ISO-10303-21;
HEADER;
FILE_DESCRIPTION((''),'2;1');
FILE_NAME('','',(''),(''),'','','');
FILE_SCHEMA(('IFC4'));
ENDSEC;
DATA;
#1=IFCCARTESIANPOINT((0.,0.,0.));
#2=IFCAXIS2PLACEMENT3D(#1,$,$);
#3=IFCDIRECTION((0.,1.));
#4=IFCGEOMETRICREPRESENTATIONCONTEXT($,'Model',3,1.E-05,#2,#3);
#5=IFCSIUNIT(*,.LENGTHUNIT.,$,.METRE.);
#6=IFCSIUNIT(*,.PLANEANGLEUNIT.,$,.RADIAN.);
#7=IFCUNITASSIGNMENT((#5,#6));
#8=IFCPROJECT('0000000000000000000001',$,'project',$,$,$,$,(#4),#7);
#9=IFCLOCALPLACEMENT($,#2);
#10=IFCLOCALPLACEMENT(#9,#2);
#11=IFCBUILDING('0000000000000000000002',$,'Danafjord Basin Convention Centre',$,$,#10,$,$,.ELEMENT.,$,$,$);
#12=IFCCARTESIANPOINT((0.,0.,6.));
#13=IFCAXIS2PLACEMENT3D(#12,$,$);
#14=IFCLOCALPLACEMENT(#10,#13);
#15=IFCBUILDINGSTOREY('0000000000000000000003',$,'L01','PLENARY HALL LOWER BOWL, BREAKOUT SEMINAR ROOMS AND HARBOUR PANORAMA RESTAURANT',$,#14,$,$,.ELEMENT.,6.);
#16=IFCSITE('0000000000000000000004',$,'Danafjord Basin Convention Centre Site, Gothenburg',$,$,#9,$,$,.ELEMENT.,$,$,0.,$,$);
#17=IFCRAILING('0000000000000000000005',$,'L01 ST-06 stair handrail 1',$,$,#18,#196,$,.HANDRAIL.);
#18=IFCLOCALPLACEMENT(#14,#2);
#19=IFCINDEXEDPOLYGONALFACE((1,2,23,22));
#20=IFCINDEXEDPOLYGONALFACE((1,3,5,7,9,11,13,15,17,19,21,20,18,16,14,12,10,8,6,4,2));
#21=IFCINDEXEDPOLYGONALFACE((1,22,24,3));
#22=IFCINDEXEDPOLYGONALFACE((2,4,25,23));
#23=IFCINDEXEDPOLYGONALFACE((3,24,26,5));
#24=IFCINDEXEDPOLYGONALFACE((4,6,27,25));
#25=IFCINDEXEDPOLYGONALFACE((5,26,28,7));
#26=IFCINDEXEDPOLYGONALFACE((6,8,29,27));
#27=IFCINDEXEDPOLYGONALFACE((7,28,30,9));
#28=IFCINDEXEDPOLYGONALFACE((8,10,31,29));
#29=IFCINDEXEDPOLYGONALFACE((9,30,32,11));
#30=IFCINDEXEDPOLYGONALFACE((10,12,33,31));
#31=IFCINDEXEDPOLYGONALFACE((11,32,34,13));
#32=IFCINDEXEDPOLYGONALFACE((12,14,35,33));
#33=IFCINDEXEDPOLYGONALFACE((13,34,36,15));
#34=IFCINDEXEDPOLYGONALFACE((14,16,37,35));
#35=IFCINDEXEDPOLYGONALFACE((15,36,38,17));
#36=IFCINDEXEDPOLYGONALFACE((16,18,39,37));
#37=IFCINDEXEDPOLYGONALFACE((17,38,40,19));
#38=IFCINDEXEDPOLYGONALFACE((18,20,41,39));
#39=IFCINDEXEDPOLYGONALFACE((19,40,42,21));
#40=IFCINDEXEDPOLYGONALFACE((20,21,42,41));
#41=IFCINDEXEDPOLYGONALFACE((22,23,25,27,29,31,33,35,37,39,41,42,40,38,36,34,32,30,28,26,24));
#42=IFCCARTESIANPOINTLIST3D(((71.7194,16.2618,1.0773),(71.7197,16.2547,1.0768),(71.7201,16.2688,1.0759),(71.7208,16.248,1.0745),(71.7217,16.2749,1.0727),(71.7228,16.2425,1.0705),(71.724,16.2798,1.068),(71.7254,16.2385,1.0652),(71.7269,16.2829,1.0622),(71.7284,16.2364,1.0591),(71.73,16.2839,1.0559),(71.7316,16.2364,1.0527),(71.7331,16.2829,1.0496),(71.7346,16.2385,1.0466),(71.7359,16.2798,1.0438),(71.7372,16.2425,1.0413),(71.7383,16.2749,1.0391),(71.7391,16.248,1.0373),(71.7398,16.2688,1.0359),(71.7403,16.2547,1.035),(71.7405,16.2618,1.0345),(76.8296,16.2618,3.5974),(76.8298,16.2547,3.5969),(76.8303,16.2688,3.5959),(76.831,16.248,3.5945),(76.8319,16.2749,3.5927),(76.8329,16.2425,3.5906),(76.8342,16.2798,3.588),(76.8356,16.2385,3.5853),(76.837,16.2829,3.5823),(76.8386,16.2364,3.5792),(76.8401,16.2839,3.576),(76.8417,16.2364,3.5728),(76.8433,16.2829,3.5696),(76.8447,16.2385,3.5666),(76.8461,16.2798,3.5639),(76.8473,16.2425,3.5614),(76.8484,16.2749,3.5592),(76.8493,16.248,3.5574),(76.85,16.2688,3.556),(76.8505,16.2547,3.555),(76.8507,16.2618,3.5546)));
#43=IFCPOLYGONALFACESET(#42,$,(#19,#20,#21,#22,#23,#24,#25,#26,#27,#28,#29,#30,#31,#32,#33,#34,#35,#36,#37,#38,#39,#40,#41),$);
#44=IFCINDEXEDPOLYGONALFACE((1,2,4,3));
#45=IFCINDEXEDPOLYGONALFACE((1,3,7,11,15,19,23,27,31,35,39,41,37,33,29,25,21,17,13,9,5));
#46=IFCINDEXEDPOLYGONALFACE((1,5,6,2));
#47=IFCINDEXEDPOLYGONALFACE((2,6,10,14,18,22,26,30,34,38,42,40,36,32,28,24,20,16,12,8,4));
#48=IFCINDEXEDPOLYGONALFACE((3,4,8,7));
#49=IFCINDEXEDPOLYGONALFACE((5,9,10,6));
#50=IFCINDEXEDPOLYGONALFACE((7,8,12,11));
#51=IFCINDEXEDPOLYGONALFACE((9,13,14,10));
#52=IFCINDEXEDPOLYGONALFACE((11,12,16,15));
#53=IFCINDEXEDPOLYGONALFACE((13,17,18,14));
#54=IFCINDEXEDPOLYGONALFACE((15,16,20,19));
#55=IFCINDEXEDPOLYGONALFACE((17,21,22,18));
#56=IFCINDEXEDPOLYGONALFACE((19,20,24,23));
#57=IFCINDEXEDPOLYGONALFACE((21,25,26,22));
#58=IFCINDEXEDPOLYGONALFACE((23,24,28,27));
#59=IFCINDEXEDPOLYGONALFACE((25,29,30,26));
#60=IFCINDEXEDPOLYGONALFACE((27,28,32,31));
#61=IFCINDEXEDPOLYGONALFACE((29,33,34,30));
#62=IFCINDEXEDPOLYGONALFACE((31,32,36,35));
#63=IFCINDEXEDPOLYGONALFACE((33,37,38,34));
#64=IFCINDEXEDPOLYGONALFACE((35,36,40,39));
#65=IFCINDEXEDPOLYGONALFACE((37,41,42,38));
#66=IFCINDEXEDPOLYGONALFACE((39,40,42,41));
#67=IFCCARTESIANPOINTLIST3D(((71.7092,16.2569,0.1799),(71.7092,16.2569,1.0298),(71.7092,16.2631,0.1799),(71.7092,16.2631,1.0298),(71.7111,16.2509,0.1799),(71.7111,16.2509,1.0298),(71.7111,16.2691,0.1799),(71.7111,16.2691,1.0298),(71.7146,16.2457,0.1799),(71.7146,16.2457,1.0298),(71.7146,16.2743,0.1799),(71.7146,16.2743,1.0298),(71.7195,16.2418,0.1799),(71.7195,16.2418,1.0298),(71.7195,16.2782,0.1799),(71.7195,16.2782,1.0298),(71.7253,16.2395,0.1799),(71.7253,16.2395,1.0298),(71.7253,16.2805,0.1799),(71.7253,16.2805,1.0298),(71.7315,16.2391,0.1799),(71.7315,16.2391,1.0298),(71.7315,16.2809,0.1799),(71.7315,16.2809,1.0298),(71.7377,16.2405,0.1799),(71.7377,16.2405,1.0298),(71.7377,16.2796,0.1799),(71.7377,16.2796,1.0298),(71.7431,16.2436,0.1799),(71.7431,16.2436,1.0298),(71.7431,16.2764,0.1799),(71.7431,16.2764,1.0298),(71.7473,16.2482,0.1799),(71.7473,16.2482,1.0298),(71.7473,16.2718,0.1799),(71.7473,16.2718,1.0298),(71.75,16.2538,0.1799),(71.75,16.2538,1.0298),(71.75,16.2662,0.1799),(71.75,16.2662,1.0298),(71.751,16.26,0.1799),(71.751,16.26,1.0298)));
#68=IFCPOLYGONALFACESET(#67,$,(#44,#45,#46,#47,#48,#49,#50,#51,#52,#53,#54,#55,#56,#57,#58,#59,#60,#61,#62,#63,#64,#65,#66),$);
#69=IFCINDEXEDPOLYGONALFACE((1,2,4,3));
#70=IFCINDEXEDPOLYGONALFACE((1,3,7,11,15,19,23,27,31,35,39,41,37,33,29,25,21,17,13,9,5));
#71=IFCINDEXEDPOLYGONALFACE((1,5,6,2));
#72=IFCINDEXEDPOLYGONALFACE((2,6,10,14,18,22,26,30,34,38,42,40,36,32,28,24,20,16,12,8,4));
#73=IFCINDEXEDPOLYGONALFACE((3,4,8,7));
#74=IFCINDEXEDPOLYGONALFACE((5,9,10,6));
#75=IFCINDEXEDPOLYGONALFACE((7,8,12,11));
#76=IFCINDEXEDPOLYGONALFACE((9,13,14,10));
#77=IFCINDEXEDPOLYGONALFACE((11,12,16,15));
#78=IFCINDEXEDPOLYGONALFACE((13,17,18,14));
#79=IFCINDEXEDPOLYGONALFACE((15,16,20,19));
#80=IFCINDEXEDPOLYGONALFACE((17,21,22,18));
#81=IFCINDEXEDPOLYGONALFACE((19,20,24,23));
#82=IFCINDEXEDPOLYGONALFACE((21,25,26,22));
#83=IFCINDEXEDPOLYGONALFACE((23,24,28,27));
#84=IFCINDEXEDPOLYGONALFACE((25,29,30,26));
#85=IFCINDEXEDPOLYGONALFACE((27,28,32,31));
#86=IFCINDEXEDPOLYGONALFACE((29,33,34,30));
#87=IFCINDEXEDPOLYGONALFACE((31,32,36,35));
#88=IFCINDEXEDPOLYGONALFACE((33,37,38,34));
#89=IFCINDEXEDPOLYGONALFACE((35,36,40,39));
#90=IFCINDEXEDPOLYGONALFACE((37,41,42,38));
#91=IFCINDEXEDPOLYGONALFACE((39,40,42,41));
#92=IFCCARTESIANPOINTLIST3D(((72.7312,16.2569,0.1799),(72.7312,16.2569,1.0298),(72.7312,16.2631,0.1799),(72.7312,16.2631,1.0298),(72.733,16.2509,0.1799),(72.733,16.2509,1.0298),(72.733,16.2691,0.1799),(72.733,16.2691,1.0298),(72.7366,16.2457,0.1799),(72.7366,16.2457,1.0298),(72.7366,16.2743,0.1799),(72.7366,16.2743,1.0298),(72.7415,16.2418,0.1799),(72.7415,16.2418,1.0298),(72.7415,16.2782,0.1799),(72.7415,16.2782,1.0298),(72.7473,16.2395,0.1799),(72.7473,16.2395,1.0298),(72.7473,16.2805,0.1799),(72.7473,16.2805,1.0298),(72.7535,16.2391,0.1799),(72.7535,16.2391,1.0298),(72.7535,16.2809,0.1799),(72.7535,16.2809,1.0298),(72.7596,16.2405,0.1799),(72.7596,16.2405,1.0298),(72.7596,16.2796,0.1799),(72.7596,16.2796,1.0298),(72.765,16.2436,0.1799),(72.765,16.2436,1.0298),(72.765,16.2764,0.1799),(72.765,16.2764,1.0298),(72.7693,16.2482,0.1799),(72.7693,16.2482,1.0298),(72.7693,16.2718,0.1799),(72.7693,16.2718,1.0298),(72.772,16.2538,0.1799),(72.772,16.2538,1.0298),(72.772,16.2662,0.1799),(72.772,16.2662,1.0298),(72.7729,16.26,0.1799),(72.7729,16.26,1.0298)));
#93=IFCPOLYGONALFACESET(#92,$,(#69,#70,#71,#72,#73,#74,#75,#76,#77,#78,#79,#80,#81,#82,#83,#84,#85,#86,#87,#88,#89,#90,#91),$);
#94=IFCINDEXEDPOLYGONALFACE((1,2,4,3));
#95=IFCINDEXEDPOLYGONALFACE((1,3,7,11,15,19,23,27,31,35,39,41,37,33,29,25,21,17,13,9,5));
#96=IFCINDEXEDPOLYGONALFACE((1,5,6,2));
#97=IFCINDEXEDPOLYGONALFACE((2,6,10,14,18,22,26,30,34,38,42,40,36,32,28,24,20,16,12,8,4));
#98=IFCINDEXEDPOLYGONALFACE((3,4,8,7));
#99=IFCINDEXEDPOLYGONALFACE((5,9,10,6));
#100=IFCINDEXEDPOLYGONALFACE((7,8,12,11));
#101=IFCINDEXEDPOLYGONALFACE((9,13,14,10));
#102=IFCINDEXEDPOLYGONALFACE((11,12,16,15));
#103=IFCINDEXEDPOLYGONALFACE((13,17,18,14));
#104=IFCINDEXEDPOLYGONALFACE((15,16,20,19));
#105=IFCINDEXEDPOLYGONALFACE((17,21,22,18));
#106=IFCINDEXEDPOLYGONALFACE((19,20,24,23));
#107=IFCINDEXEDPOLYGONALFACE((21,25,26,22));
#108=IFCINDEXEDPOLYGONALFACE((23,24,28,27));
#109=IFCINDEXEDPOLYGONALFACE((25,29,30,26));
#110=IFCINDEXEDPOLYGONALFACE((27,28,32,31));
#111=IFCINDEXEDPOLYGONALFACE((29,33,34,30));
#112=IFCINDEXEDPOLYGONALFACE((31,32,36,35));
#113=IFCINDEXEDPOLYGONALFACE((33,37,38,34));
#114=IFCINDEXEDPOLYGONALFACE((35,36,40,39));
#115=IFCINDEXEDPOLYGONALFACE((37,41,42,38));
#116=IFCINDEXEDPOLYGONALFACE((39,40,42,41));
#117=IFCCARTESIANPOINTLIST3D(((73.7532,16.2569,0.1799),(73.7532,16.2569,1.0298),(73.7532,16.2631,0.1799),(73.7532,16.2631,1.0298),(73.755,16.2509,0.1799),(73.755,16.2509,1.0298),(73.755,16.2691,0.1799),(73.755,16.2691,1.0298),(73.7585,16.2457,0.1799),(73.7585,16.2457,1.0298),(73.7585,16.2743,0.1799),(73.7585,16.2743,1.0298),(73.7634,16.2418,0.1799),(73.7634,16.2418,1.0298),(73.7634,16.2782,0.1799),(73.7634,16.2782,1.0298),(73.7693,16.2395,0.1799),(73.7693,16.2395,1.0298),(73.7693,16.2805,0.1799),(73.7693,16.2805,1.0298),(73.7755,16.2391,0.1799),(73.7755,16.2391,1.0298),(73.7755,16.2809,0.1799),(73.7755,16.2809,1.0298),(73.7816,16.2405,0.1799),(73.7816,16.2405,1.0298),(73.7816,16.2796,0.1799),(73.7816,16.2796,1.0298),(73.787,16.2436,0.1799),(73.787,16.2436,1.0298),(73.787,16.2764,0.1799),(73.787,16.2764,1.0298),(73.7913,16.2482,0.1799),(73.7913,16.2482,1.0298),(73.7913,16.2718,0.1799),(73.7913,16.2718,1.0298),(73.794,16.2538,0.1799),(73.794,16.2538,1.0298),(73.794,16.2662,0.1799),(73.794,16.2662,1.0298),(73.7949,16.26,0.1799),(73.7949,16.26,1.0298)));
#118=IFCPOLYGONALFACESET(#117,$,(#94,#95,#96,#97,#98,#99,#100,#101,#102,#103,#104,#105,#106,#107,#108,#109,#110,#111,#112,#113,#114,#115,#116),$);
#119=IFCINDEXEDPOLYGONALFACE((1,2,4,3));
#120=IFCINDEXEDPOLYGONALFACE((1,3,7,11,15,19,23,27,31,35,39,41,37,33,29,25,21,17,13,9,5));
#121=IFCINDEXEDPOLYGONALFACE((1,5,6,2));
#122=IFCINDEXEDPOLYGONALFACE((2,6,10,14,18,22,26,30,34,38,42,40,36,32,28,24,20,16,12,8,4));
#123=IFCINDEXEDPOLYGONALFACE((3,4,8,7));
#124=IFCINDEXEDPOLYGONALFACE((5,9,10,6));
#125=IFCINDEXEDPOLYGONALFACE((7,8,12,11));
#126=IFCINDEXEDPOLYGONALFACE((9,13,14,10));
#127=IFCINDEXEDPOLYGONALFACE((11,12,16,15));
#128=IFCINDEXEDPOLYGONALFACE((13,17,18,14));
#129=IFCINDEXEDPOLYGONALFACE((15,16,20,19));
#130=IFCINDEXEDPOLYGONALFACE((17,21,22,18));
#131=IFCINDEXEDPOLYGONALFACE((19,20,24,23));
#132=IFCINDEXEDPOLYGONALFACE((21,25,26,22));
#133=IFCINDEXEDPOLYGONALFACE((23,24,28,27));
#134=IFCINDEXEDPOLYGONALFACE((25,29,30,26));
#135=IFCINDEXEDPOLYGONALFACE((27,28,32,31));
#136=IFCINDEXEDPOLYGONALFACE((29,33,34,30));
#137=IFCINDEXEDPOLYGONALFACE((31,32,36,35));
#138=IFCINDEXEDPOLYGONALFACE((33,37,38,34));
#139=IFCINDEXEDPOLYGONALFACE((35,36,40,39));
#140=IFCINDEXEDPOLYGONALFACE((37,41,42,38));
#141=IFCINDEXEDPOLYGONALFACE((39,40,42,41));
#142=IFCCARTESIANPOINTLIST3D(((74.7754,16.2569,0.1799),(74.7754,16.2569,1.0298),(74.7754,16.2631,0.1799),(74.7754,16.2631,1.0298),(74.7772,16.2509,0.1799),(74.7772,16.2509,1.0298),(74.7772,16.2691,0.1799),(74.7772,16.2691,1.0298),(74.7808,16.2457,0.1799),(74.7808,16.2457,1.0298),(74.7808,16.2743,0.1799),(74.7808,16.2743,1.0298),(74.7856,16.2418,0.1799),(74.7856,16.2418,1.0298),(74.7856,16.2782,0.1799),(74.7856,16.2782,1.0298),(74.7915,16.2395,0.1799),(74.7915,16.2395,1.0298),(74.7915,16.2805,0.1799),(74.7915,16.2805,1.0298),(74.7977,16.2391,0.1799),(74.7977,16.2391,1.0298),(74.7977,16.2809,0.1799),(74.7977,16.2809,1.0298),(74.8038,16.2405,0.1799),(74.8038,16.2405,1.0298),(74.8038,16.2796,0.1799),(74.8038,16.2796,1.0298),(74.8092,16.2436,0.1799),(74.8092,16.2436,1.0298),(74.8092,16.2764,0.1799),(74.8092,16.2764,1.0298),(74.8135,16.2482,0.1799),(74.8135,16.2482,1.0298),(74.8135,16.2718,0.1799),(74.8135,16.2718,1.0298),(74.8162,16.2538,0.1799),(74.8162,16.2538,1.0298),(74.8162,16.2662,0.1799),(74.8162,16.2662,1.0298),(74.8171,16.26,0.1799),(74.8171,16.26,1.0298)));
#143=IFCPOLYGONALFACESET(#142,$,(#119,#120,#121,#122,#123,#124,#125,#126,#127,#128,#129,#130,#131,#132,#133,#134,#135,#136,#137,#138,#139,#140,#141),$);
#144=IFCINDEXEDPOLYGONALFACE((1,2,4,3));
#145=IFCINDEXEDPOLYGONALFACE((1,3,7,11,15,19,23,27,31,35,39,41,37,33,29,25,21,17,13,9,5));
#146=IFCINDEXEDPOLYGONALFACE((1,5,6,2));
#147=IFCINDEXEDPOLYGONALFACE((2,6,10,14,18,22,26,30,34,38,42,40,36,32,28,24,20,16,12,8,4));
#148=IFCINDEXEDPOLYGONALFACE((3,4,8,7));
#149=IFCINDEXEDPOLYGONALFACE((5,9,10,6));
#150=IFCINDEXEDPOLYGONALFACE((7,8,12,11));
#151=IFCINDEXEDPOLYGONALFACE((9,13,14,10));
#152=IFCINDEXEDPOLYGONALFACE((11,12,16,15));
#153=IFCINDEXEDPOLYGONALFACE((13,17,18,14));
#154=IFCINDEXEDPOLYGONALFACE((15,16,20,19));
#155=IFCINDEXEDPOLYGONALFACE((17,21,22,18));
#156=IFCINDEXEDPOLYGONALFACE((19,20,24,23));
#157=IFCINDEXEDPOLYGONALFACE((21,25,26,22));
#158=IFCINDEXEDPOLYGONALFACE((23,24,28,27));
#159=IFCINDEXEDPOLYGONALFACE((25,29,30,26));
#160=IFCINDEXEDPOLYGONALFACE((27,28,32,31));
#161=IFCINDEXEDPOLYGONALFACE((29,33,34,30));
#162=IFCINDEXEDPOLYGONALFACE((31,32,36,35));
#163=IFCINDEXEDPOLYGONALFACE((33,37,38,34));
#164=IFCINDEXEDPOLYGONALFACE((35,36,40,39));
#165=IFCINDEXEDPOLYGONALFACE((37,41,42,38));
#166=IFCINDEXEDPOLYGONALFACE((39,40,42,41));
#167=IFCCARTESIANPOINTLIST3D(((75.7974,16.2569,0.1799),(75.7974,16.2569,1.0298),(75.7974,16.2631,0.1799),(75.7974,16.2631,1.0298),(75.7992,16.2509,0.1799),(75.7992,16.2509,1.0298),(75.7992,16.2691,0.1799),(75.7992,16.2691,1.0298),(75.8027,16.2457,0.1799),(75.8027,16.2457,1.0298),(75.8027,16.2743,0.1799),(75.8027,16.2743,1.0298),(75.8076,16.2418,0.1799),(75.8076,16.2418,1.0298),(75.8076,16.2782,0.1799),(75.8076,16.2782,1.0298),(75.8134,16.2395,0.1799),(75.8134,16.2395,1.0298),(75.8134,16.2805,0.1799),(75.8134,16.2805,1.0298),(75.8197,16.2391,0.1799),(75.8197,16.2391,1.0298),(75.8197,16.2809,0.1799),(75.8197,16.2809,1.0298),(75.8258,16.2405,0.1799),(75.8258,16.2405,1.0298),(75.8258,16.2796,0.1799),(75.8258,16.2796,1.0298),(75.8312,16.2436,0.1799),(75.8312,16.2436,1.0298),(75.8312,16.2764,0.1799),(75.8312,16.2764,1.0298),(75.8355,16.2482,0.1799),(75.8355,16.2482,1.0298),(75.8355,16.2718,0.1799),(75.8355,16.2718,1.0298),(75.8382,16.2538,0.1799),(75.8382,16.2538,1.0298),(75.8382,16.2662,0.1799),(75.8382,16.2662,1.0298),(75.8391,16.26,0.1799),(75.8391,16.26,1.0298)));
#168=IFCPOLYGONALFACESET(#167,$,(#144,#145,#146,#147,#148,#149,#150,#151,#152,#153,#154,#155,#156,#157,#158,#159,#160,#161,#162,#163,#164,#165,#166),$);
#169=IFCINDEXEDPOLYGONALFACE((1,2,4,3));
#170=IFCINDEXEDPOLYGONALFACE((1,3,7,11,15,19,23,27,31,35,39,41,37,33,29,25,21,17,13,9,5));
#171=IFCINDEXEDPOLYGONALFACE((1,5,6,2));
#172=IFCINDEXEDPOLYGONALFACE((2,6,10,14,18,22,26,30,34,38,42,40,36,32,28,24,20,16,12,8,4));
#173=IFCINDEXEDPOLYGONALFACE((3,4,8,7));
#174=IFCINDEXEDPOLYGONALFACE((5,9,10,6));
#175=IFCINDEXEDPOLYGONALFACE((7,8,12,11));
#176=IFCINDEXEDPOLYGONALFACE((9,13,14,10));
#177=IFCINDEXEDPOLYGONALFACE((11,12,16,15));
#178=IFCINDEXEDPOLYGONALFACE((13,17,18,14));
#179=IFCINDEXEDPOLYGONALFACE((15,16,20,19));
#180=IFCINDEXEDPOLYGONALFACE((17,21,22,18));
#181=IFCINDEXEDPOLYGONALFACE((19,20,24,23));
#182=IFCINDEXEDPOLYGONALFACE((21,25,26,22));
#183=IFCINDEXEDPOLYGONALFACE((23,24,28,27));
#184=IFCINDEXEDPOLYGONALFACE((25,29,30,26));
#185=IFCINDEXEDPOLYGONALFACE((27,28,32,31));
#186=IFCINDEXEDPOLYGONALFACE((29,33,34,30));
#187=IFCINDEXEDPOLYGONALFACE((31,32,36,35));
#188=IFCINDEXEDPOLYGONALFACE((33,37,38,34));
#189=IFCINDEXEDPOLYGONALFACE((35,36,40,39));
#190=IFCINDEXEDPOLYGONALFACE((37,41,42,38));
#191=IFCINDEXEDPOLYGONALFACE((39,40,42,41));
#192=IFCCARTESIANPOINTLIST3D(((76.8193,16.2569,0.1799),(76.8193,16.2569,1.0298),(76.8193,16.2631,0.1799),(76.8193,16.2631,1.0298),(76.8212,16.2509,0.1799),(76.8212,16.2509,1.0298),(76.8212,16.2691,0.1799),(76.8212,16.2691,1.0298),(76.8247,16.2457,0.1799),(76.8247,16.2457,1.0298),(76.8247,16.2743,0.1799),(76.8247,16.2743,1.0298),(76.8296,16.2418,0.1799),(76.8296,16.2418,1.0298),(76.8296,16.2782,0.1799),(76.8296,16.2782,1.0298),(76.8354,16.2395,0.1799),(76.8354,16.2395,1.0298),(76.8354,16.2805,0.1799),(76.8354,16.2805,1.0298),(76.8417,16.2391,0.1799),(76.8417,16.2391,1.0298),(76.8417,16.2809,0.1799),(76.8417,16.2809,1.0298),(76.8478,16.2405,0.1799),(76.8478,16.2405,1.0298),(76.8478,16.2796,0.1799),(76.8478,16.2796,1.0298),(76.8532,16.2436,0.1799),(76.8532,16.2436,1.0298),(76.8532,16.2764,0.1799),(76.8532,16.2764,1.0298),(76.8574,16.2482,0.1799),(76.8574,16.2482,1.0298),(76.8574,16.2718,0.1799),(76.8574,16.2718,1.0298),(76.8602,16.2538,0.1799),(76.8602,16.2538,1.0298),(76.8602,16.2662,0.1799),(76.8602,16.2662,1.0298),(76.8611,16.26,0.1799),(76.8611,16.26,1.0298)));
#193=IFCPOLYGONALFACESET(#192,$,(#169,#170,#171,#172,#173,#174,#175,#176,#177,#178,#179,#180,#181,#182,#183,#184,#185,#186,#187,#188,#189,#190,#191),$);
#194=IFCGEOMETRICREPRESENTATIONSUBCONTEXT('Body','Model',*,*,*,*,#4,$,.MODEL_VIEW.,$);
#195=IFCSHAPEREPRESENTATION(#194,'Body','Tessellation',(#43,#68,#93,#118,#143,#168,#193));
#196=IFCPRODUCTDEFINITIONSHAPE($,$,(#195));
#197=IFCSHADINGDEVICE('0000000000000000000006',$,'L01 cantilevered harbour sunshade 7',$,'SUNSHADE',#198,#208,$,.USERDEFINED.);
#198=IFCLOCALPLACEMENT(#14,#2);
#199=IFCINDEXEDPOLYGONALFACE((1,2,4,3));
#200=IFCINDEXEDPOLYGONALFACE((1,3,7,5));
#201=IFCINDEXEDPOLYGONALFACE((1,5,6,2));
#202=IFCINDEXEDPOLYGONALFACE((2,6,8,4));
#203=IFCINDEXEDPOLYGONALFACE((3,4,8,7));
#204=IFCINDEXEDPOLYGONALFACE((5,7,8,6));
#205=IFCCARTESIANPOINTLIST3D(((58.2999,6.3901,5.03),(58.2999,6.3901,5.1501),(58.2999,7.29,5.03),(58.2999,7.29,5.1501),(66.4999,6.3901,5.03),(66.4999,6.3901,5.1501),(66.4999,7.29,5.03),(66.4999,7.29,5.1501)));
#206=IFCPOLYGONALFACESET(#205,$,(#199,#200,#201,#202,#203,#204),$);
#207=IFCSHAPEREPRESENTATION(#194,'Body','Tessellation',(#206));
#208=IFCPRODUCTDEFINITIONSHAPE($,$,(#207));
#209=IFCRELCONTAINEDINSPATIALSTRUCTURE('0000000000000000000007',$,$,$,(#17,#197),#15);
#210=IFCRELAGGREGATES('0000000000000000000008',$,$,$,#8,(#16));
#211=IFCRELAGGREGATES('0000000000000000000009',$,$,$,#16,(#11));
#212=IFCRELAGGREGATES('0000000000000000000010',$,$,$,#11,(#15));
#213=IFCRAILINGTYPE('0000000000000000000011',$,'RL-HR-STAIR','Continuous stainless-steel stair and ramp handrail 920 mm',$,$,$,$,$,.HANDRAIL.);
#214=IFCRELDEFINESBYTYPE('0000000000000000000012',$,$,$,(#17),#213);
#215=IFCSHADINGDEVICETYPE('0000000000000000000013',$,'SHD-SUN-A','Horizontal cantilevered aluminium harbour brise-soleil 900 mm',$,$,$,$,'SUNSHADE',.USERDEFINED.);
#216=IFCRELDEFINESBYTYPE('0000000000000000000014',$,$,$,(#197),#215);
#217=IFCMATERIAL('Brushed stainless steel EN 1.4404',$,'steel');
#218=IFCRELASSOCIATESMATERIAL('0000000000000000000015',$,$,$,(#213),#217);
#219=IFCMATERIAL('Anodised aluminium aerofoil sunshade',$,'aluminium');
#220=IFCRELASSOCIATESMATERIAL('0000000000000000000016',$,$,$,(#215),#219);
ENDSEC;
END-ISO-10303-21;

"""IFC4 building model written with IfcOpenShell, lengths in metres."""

from ifc_helpers import new_model, si_unit, direction, frame, origin, origin_2d, place, context, subcontext, project, spatial, rectangle, circle, extrude, material, type_object, element, save


model = new_model("IFC4")

# Units and contexts
model_context = context("Model", 3, precision=1e-05, world=origin(), true_north=direction((0.0, 1.0)))
body_context = subcontext(model_context, "Body", "Model", "MODEL_VIEW")
ifc_project = project(units=[si_unit("LENGTHUNIT", "METRE"), si_unit("PLANEANGLEUNIT", "RADIAN")], contexts=[model_context])

# Site, building, storey
site_placement = place(None, origin())
site = spatial("IfcSite", under=ifc_project, at=site_placement, Name="Danafjord Basin Convention Centre Site, Gothenburg", CompositionType="ELEMENT", RefElevation=0.0)
building_placement = place(site_placement, origin())
building = spatial("IfcBuilding", under=site, at=building_placement, Name="Danafjord Basin Convention Centre", CompositionType="ELEMENT")
storey_placement = place(building_placement, frame((0.0, 0.0, 6.0)))
storey = spatial("IfcBuildingStorey", under=building, at=storey_placement, Name="L01", Description="PLENARY HALL LOWER BOWL, BREAKOUT SEMINAR ROOMS AND HARBOUR PANORAMA RESTAURANT", CompositionType="ELEMENT", Elevation=6.0)

# Railing
ifc_material_1 = material(Name="Brushed stainless steel EN 1.4404", Category="steel")
railing_type_1 = type_object("IfcRailingType", Name="RL-HR-STAIR", Description="Continuous stainless-steel stair and ramp handrail 920 mm", PredefinedType="HANDRAIL", material=ifc_material_1)
railing_1_placement = place(storey_placement, frame((71.73, 16.26, 0.1799)))
element("IfcRailing", 1, at=railing_1_placement, inside=storey, type_object=railing_type_1, Name="L01 ST-06 stair handrail 1", PredefinedType="HANDRAIL", context=body_context, shape_type="SweptSolid", body=[
    extrude(circle(Radius=0.0239, at=origin_2d()), frame((0.0, 0.0, 0.876), z_axis=(0.896873, 0.0, 0.442288), x_axis=(0.0, 1.0, 0.0)), (0.0, 0.0, 1.0), 5.6978),
    extrude(circle(Radius=0.021, at=origin_2d()), origin(), (0.0, 0.0, 1.0), 0.8499),
    extrude(circle(Radius=0.021, at=origin_2d()), frame((1.022, 0.0, 0.0)), (0.0, 0.0, 1.0), 0.8499),
    extrude(circle(Radius=0.021, at=origin_2d()), frame((2.0439, 0.0, 0.0)), (0.0, 0.0, 1.0), 0.8499),
    extrude(circle(Radius=0.021, at=origin_2d()), frame((3.0662, 0.0, 0.0)), (0.0, 0.0, 1.0), 0.8499),
    extrude(circle(Radius=0.021, at=origin_2d()), frame((4.0881, 0.0, 0.0)), (0.0, 0.0, 1.0), 0.8499),
    extrude(circle(Radius=0.021, at=origin_2d()), frame((5.1101, 0.0, 0.0)), (0.0, 0.0, 1.0), 0.8499),
])

# Shading device
ifc_material_2 = material(Name="Anodised aluminium aerofoil sunshade", Category="aluminium")
shading_device_type = type_object("IfcShadingDeviceType", Name="SHD-SUN-A", Description="Horizontal cantilevered aluminium harbour brise-soleil 900 mm", ElementType="SUNSHADE", PredefinedType="USERDEFINED", material=ifc_material_2)
shading_device_placement = place(storey_placement, frame((62.3999, 6.8401, 5.03), z_axis=(0.0, 0.0, 1.0), x_axis=(1.0, 0.0, 0.0)))
element("IfcShadingDevice", 2, at=shading_device_placement, inside=storey, type_object=shading_device_type, Name="L01 cantilevered harbour sunshade 7", ObjectType="SUNSHADE", PredefinedType="USERDEFINED", context=body_context, shape_type="SweptSolid", body=[
    extrude(rectangle(XDim=8.2, YDim=0.8999, at=origin_2d()), origin(), (0.0, 0.0, 1.0), 0.1201),
])

save(model, "model.ifc")
